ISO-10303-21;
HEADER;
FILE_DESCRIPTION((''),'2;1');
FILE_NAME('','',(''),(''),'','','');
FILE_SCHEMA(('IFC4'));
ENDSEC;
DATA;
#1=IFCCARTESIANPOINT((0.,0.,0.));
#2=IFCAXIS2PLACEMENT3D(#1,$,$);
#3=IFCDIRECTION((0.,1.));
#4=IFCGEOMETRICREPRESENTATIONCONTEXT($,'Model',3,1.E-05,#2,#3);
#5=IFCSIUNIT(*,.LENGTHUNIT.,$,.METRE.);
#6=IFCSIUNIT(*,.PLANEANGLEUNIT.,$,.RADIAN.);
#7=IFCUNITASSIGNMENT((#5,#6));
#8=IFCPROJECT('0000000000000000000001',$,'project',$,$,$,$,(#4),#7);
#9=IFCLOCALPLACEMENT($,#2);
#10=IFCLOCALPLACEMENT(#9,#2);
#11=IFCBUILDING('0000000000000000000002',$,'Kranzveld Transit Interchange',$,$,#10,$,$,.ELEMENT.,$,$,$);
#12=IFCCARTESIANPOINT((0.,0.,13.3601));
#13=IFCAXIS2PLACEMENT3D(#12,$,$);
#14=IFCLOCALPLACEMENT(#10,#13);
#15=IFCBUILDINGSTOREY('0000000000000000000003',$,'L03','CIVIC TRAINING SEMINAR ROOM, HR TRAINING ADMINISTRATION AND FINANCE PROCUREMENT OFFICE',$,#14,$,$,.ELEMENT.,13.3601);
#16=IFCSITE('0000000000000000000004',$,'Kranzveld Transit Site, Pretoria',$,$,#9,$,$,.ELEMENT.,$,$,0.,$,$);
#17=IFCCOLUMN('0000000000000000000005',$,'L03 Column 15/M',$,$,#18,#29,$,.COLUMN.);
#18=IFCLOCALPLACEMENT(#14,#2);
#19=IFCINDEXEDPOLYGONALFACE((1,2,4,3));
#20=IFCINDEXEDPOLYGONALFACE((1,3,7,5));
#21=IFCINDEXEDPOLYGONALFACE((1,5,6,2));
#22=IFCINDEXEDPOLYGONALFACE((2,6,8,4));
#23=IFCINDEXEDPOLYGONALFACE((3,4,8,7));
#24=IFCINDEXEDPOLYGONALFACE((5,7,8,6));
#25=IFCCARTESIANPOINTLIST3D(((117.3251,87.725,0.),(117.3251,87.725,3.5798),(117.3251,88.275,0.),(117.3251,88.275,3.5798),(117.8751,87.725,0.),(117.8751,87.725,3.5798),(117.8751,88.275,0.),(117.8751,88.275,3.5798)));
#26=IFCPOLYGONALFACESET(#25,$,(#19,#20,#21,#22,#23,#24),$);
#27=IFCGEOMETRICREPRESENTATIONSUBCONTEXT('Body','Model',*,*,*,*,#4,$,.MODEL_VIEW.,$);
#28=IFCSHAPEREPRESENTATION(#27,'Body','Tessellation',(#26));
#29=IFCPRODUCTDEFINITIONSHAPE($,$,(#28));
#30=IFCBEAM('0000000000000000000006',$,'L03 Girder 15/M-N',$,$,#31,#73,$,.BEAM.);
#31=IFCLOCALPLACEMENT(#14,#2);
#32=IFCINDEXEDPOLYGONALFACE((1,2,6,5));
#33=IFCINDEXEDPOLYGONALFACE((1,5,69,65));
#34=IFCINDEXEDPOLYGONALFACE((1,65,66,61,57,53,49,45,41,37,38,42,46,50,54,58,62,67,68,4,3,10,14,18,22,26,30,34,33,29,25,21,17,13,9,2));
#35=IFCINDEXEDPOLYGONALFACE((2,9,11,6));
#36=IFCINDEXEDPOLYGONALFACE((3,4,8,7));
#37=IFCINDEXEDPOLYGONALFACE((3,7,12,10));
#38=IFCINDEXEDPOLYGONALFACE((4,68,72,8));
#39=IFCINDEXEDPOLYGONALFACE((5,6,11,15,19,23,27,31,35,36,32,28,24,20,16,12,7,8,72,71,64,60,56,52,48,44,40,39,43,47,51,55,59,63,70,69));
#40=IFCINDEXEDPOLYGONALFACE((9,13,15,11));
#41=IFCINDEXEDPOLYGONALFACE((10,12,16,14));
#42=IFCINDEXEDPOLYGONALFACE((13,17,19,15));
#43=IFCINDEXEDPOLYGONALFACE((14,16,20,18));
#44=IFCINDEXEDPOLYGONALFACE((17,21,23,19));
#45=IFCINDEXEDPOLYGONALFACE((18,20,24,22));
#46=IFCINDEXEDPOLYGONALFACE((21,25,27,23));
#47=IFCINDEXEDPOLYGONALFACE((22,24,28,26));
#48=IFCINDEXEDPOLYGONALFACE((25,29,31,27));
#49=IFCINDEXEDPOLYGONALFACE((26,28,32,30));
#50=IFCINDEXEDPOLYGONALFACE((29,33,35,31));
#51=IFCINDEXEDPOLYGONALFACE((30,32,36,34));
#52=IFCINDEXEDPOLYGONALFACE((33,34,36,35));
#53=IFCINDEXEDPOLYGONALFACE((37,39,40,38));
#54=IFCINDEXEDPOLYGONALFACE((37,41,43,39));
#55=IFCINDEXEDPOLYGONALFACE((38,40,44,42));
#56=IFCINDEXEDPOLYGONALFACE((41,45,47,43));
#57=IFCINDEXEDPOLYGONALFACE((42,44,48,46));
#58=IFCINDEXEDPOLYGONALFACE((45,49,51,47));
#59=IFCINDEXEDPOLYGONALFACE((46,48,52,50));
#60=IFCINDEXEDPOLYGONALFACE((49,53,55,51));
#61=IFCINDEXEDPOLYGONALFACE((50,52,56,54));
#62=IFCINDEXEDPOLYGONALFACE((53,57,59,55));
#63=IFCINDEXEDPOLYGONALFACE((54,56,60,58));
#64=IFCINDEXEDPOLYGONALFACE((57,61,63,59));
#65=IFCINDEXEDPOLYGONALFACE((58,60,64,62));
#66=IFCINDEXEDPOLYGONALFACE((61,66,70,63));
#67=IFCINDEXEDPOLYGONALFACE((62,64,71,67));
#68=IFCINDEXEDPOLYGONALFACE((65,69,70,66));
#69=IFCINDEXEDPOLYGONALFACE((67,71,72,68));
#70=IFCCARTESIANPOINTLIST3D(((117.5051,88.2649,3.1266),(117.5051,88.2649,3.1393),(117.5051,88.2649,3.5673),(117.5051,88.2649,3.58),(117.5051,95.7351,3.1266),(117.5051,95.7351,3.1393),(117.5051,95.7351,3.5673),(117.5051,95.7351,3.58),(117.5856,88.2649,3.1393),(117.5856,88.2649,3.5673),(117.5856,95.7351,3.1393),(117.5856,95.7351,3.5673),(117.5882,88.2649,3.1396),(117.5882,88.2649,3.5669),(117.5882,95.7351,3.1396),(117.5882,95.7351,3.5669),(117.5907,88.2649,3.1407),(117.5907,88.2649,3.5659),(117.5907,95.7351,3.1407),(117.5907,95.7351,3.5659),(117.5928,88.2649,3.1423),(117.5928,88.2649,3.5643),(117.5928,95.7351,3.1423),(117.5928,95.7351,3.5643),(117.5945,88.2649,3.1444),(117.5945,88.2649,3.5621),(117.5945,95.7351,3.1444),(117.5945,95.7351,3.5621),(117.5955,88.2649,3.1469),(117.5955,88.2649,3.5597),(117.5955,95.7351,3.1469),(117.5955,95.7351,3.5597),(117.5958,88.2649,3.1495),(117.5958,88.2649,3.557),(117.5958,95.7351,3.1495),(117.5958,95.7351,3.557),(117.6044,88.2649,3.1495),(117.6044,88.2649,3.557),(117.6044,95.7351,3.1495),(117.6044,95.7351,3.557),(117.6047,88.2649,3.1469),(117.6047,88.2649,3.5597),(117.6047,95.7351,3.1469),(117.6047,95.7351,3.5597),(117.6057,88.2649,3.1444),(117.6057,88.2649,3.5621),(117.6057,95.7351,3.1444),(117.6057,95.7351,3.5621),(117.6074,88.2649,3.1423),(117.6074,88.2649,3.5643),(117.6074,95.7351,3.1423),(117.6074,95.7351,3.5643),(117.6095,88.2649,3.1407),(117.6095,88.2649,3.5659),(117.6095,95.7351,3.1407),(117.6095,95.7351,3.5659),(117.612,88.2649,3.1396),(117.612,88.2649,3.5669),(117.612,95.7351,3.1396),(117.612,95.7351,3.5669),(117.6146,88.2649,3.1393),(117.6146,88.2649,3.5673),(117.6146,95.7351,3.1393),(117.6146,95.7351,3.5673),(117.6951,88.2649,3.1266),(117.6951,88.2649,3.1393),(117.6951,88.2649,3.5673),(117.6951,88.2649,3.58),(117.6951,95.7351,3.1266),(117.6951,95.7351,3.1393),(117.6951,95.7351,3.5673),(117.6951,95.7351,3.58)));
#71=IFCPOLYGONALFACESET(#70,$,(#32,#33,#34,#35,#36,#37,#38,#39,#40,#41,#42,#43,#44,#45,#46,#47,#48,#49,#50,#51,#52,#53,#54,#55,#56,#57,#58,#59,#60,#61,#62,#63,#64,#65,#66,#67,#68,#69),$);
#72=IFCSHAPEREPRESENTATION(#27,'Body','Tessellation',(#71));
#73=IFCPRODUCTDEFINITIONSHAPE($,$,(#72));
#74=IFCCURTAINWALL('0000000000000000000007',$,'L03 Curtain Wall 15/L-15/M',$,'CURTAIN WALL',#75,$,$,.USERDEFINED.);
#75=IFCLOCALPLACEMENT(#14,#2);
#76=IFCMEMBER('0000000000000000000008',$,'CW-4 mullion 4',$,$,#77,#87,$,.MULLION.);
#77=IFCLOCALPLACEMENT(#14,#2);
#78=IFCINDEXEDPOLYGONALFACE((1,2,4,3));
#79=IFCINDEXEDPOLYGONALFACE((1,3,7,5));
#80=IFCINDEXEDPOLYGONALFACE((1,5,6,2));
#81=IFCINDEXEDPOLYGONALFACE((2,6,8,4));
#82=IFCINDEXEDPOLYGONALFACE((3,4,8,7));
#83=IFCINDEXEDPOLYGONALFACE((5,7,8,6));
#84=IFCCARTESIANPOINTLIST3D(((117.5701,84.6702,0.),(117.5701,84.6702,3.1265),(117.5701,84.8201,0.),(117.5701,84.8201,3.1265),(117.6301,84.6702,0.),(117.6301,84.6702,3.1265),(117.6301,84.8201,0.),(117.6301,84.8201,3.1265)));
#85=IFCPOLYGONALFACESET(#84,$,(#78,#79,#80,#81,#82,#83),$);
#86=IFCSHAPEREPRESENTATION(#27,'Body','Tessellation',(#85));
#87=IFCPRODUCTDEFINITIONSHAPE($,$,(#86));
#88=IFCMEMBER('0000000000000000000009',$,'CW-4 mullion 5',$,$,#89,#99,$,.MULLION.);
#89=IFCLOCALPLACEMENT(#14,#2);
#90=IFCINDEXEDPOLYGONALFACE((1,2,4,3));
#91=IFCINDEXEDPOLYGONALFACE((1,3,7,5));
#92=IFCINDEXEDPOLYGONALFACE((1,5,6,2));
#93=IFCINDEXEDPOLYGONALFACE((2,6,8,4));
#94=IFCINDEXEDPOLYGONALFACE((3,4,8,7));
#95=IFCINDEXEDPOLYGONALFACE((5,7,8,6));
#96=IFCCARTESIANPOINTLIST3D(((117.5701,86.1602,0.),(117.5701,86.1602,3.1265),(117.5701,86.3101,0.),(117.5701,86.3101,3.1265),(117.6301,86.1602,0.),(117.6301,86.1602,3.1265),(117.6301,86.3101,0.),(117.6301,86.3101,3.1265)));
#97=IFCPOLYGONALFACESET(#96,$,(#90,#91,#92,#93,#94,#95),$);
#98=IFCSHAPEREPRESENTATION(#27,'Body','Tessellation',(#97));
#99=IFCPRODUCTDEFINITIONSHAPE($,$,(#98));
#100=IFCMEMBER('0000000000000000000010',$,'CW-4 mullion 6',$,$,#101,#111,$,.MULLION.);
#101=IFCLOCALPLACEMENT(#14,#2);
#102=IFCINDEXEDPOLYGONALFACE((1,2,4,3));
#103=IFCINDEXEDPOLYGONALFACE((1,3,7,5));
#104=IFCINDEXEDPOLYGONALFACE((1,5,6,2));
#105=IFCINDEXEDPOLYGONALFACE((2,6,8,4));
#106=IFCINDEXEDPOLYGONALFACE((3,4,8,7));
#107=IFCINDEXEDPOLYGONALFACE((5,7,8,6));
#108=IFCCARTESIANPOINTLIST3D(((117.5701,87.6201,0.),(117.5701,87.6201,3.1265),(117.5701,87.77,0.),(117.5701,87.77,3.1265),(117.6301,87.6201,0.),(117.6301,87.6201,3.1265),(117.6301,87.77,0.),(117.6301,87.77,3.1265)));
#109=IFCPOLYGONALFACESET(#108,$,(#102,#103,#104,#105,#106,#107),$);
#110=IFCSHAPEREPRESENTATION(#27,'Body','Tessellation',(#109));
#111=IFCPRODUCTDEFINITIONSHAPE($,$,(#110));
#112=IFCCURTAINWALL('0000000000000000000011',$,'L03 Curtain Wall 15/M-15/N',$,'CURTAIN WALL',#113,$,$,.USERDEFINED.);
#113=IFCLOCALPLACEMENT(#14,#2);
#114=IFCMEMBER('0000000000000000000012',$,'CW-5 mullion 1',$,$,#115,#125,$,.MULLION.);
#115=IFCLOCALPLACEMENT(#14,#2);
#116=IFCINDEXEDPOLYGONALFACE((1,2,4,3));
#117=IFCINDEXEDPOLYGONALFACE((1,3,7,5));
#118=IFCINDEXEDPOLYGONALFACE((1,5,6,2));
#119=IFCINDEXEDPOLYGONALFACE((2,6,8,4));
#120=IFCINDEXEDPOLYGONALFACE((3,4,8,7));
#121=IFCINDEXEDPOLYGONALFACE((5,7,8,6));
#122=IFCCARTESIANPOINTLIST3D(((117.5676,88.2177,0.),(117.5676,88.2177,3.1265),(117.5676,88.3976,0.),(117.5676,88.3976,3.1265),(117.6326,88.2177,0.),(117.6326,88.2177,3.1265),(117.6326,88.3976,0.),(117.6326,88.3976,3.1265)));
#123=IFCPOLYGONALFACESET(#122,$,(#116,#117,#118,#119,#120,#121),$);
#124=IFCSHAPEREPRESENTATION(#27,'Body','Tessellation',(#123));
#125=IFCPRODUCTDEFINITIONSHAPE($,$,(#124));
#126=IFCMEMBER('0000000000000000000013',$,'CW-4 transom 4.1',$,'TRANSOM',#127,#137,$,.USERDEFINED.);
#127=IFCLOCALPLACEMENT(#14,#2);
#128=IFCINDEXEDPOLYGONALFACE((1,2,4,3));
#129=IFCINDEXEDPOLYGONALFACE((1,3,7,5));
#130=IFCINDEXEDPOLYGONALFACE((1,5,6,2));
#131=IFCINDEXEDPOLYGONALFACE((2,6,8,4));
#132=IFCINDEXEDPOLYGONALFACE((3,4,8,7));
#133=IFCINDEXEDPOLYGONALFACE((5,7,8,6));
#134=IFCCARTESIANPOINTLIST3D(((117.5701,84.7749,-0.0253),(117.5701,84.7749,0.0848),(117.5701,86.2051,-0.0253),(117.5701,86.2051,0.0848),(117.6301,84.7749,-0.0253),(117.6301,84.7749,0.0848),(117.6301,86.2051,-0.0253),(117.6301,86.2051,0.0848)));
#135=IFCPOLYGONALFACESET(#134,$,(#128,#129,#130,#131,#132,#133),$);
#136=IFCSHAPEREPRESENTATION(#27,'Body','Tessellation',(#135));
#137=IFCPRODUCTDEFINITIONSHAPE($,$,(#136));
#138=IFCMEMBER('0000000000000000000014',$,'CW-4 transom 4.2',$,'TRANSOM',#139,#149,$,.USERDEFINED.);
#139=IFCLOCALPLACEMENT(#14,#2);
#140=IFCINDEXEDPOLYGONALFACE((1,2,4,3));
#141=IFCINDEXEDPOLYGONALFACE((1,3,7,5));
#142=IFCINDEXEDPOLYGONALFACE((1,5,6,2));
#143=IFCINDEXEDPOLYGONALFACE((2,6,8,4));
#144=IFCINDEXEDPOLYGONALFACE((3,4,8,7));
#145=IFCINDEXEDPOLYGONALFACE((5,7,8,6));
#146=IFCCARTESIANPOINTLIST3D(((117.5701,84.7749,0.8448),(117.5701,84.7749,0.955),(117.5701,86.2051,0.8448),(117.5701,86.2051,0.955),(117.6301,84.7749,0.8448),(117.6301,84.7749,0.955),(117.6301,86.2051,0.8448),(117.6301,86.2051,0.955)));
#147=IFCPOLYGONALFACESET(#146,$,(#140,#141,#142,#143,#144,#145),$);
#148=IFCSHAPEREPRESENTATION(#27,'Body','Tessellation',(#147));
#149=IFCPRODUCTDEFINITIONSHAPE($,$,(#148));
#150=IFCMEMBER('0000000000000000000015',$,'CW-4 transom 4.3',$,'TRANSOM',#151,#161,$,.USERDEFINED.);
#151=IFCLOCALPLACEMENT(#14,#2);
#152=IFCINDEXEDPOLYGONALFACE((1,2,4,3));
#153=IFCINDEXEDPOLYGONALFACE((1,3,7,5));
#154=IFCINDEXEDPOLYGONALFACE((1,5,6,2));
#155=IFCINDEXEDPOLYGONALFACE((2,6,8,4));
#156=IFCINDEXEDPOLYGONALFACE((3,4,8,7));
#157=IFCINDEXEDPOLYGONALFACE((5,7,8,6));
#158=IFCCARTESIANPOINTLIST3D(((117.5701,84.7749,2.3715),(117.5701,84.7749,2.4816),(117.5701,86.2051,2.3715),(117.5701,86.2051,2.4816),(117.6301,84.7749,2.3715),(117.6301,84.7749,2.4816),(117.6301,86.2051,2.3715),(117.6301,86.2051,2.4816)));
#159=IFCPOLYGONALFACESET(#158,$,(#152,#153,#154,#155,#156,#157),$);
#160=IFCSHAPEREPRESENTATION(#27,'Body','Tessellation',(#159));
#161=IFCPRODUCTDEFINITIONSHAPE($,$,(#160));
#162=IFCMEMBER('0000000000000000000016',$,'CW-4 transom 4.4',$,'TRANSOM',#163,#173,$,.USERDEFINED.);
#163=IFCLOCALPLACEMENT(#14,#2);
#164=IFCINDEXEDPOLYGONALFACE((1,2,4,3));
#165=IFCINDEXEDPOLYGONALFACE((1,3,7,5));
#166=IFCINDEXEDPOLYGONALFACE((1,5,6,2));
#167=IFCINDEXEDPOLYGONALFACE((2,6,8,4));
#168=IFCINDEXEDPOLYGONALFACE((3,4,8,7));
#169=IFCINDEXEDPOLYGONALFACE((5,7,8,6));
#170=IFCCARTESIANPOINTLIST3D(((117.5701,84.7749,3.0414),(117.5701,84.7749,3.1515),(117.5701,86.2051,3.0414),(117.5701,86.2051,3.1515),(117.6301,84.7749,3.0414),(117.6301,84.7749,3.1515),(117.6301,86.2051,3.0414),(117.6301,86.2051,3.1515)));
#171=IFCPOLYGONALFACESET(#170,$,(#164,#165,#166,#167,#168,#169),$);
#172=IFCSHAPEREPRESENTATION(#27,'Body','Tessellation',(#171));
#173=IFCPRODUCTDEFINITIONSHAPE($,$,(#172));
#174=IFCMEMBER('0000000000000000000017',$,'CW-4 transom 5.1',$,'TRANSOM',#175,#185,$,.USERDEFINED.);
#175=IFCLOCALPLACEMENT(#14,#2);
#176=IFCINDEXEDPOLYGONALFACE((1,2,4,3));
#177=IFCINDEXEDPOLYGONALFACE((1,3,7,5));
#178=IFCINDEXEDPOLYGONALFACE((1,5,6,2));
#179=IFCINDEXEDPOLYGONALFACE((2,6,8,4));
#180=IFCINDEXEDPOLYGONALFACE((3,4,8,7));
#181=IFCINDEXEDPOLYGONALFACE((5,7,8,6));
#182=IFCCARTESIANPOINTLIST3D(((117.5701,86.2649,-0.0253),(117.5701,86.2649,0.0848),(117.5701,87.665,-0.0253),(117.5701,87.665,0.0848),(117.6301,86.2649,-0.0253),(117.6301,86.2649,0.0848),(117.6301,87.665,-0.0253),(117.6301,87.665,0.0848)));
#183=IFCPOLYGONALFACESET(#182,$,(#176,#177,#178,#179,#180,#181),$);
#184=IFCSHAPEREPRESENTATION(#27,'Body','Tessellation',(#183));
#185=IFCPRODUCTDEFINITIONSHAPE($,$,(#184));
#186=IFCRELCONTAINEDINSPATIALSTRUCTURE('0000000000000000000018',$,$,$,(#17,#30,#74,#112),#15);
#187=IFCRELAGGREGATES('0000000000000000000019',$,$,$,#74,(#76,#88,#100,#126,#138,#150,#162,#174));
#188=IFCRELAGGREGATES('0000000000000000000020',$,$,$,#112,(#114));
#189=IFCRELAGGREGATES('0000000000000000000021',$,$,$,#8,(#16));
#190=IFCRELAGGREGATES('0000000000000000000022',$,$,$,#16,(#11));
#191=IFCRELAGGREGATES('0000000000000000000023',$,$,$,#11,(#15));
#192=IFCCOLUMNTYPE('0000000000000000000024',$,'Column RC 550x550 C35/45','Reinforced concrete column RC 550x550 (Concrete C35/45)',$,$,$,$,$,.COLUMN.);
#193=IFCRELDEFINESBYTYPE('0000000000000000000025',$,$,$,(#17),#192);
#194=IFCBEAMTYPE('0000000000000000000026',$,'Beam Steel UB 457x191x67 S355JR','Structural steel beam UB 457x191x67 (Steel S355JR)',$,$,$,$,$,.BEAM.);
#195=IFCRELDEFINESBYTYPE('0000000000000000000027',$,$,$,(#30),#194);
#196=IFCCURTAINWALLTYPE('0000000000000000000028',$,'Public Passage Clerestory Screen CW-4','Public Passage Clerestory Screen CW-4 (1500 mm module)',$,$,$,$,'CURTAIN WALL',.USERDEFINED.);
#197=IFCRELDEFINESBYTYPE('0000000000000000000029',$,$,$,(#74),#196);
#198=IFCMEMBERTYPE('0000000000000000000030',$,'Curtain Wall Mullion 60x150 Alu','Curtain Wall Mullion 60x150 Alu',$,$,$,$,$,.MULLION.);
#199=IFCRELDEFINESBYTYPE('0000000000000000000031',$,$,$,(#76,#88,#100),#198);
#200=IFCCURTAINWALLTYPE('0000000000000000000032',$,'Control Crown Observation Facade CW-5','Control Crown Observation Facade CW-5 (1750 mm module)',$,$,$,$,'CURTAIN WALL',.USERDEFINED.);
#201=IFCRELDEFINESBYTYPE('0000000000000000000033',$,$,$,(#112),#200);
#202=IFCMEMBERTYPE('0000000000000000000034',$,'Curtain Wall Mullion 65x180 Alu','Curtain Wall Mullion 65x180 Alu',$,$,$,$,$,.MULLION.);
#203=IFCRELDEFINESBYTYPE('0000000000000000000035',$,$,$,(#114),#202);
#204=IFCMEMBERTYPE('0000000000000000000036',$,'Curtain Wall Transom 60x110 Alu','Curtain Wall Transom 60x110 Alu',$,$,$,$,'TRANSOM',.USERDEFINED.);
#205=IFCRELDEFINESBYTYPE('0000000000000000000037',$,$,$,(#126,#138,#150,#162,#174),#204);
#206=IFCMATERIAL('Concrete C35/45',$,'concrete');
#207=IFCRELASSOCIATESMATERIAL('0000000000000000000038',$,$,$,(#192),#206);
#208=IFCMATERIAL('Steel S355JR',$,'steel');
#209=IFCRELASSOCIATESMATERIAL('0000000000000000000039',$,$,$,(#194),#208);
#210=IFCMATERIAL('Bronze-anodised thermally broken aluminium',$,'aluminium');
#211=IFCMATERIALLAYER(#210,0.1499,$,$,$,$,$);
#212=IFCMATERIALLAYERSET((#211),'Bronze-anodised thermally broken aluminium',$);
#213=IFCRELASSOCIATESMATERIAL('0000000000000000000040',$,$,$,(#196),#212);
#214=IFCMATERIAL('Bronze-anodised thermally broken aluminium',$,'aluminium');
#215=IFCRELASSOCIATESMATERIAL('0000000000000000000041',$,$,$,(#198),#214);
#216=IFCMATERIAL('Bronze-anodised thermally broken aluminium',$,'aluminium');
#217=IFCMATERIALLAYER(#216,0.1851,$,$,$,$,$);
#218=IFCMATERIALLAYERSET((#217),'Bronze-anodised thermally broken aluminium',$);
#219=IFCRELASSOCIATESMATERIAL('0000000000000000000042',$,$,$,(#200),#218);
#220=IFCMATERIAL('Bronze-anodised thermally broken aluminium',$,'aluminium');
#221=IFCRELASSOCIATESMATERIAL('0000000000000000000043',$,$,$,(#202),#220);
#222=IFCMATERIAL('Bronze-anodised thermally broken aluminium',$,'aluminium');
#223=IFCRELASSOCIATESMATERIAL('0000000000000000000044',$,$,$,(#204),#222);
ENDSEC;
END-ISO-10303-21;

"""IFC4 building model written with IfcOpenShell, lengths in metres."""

from ifc_helpers import new_model, si_unit, direction, frame, origin, origin_2d, place, context, subcontext, project, spatial, rectangle, i_section, extrude, material, layer, layer_set, material_profile, profile_set, type_object, element, aggregate, save


model = new_model("IFC4")

# Units and contexts
model_context = context("Model", 3, precision=1e-05, world=origin(), true_north=direction((0.0, 1.0)))
body_context = subcontext(model_context, "Body", "Model", "MODEL_VIEW")
ifc_project = project(units=[si_unit("LENGTHUNIT", "METRE"), si_unit("PLANEANGLEUNIT", "RADIAN")], contexts=[model_context])

# Site, building, storey
site_placement = place(None, origin())
site = spatial("IfcSite", under=ifc_project, at=site_placement, Name="Kranzveld Transit Site, Pretoria", CompositionType="ELEMENT", RefElevation=0.0)
building_placement = place(site_placement, origin())
building = spatial("IfcBuilding", under=site, at=building_placement, Name="Kranzveld Transit Interchange", CompositionType="ELEMENT")
storey_placement = place(building_placement, frame((0.0, 0.0, 13.3601)))
storey = spatial("IfcBuildingStorey", under=building, at=storey_placement, Name="L03", Description="CIVIC TRAINING SEMINAR ROOM, HR TRAINING ADMINISTRATION AND FINANCE PROCUREMENT OFFICE", CompositionType="ELEMENT", Elevation=13.3601)

# Column
ifc_material_1 = material(Name="Concrete C35/45", Category="concrete")
ifc_material_profile_1 = material_profile(ifc_material_1, rectangle(XDim=0.55, YDim=0.55, at=origin_2d()), Name="RC 550x550")
ifc_profile_set_1 = profile_set([ifc_material_profile_1], Name="Concrete C35/45")
column_type = type_object("IfcColumnType", Name="Column RC 550x550 C35/45", Description="Reinforced concrete column RC 550x550 (Concrete C35/45)", PredefinedType="COLUMN", material=ifc_profile_set_1)
column_placement = place(storey_placement, frame((117.6001, 88.0, 0.0), z_axis=(0.0, 0.0, 1.0), x_axis=(1.0, 0.0, 0.0)))
element("IfcColumn", 1, at=column_placement, inside=storey, type_object=column_type, Name="L03 Column 15/M", PredefinedType="COLUMN", context=body_context, shape_type="SweptSolid", body=[
    extrude(rectangle(XDim=0.55, YDim=0.55, at=origin_2d()), origin(), (0.0, 0.0, 1.0), 3.5798),
])

# Beam
ifc_material_2 = material(Name="Steel S355JR", Category="steel")
ifc_material_profile_2 = material_profile(ifc_material_2, i_section(OverallWidth=0.1899, OverallDepth=0.4534, WebThickness=0.0085, FlangeThickness=0.0127, FilletRadius=0.0103, at=origin_2d()), Name="UB 457x191x67")
ifc_profile_set_2 = profile_set([ifc_material_profile_2], Name="Steel S355JR")
beam_type = type_object("IfcBeamType", Name="Beam Steel UB 457x191x67 S355JR", Description="Structural steel beam UB 457x191x67 (Steel S355JR)", PredefinedType="BEAM", material=ifc_profile_set_2)
beam_placement = place(storey_placement, frame((117.6001, 88.2649, 3.3533), z_axis=(0.0, 1.0, 0.0), x_axis=(-1.0, 0.0, 0.0)))
element("IfcBeam", 2, at=beam_placement, inside=storey, type_object=beam_type, Name="L03 Girder 15/M-N", PredefinedType="BEAM", context=body_context, shape_type="SweptSolid", body=[
    extrude(i_section(OverallWidth=0.1899, OverallDepth=0.4534, WebThickness=0.0085, FlangeThickness=0.0127, FilletRadius=0.0103, at=origin_2d()), origin(), (0.0, 0.0, 1.0), 7.4702),
])

# Curtain wall, members
ifc_material_3 = material(Name="Bronze-anodised thermally broken aluminium", Category="aluminium")
ifc_layer_1 = layer(ifc_material_3, 0.1499)
ifc_layer_set_1 = layer_set([ifc_layer_1], Name="Bronze-anodised thermally broken aluminium")
curtain_wall_type_1 = type_object("IfcCurtainWallType", Name="Public Passage Clerestory Screen CW-4", Description="Public Passage Clerestory Screen CW-4 (1500 mm module)", ElementType="CURTAIN WALL", PredefinedType="USERDEFINED", material=ifc_layer_set_1)
curtain_wall_1_placement = place(storey_placement, origin())
curtain_wall_1 = element("IfcCurtainWall", 3, at=curtain_wall_1_placement, inside=storey, type_object=curtain_wall_type_1, Name="L03 Curtain Wall 15/L-15/M", ObjectType="CURTAIN WALL", PredefinedType="USERDEFINED")
ifc_material_4 = material(Name="Bronze-anodised thermally broken aluminium", Category="aluminium")
ifc_material_profile_3 = material_profile(ifc_material_4, rectangle(XDim=0.0601, YDim=0.1499, at=origin_2d()), Name="ALU MULLION 60x150")
ifc_profile_set_3 = profile_set([ifc_material_profile_3], Name="Bronze-anodised thermally broken aluminium")
member_type_1 = type_object("IfcMemberType", Name="Curtain Wall Mullion 60x150 Alu", Description="Curtain Wall Mullion 60x150 Alu", PredefinedType="MULLION", material=ifc_profile_set_3)
member_1_placement = place(storey_placement, frame((117.6001, 84.7451, 0.0), z_axis=(0.0, 0.0, 1.0), x_axis=(-1.0, 0.0, 0.0)))
member_1 = element("IfcMember", 4, at=member_1_placement, type_object=member_type_1, Name="CW-4 mullion 4", PredefinedType="MULLION", context=body_context, shape_type="SweptSolid", body=[
    extrude(rectangle(XDim=0.0601, YDim=0.1499, at=origin_2d()), origin(), (0.0, 0.0, 1.0), 3.1265),
])
member_2_placement = place(storey_placement, frame((117.6001, 86.2351, 0.0), z_axis=(0.0, 0.0, 1.0), x_axis=(-1.0, 0.0, 0.0)))
member_2 = element("IfcMember", 5, at=member_2_placement, type_object=member_type_1, Name="CW-4 mullion 5", PredefinedType="MULLION", context=body_context, shape_type="SweptSolid", body=[
    extrude(rectangle(XDim=0.0601, YDim=0.1499, at=origin_2d()), origin(), (0.0, 0.0, 1.0), 3.1265),
])
member_3_placement = place(storey_placement, frame((117.6001, 87.6951, 0.0), z_axis=(0.0, 0.0, 1.0), x_axis=(-1.0, 0.0, 0.0)))
member_3 = element("IfcMember", 6, at=member_3_placement, type_object=member_type_1, Name="CW-4 mullion 6", PredefinedType="MULLION", context=body_context, shape_type="SweptSolid", body=[
    extrude(rectangle(XDim=0.0601, YDim=0.1499, at=origin_2d()), origin(), (0.0, 0.0, 1.0), 3.1265),
])

# Curtain wall, member
ifc_material_5 = material(Name="Bronze-anodised thermally broken aluminium", Category="aluminium")
ifc_layer_2 = layer(ifc_material_5, 0.1851)
ifc_layer_set_2 = layer_set([ifc_layer_2], Name="Bronze-anodised thermally broken aluminium")
curtain_wall_type_2 = type_object("IfcCurtainWallType", Name="Control Crown Observation Facade CW-5", Description="Control Crown Observation Facade CW-5 (1750 mm module)", ElementType="CURTAIN WALL", PredefinedType="USERDEFINED", material=ifc_layer_set_2)
curtain_wall_2_placement = place(storey_placement, origin())
curtain_wall_2 = element("IfcCurtainWall", 7, at=curtain_wall_2_placement, inside=storey, type_object=curtain_wall_type_2, Name="L03 Curtain Wall 15/M-15/N", ObjectType="CURTAIN WALL", PredefinedType="USERDEFINED")
ifc_material_6 = material(Name="Bronze-anodised thermally broken aluminium", Category="aluminium")
ifc_material_profile_4 = material_profile(ifc_material_6, rectangle(XDim=0.0649, YDim=0.1799, at=origin_2d()), Name="ALU MULLION 65x180")
ifc_profile_set_4 = profile_set([ifc_material_profile_4], Name="Bronze-anodised thermally broken aluminium")
member_type_2 = type_object("IfcMemberType", Name="Curtain Wall Mullion 65x180 Alu", Description="Curtain Wall Mullion 65x180 Alu", PredefinedType="MULLION", material=ifc_profile_set_4)
member_4_placement = place(storey_placement, frame((117.6001, 88.3076, 0.0), z_axis=(0.0, 0.0, 1.0), x_axis=(-1.0, 0.0, 0.0)))
member_4 = element("IfcMember", 8, at=member_4_placement, type_object=member_type_2, Name="CW-5 mullion 1", PredefinedType="MULLION", context=body_context, shape_type="SweptSolid", body=[
    extrude(rectangle(XDim=0.0649, YDim=0.1799, at=origin_2d()), origin(), (0.0, 0.0, 1.0), 3.1265),
])

# Members
ifc_material_7 = material(Name="Bronze-anodised thermally broken aluminium", Category="aluminium")
ifc_material_profile_5 = material_profile(ifc_material_7, rectangle(XDim=0.0601, YDim=0.1101, at=origin_2d()), Name="ALU TRANSOM 60x110")
ifc_profile_set_5 = profile_set([ifc_material_profile_5], Name="Bronze-anodised thermally broken aluminium")
member_type_3 = type_object("IfcMemberType", Name="Curtain Wall Transom 60x110 Alu", Description="Curtain Wall Transom 60x110 Alu", ElementType="TRANSOM", PredefinedType="USERDEFINED", material=ifc_profile_set_5)
member_5_placement = place(storey_placement, frame((117.6001, 84.7749, 0.0298), z_axis=(0.0, 1.0, 0.0), x_axis=(-1.0, 0.0, 0.0)))
member_5 = element("IfcMember", 9, at=member_5_placement, type_object=member_type_3, Name="CW-4 transom 4.1", ObjectType="TRANSOM", PredefinedType="USERDEFINED", context=body_context, shape_type="SweptSolid", body=[
    extrude(rectangle(XDim=0.0601, YDim=0.1101, at=origin_2d()), origin(), (0.0, 0.0, 1.0), 1.4302),
])
member_6_placement = place(storey_placement, frame((117.6001, 84.7749, 0.8999), z_axis=(0.0, 1.0, 0.0), x_axis=(-1.0, 0.0, 0.0)))
member_6 = element("IfcMember", 10, at=member_6_placement, type_object=member_type_3, Name="CW-4 transom 4.2", ObjectType="TRANSOM", PredefinedType="USERDEFINED", context=body_context, shape_type="SweptSolid", body=[
    extrude(rectangle(XDim=0.0601, YDim=0.1101, at=origin_2d()), origin(), (0.0, 0.0, 1.0), 1.4302),
])
member_7_placement = place(storey_placement, frame((117.6001, 84.7749, 2.4265), z_axis=(0.0, 1.0, 0.0), x_axis=(-1.0, 0.0, 0.0)))
member_7 = element("IfcMember", 11, at=member_7_placement, type_object=member_type_3, Name="CW-4 transom 4.3", ObjectType="TRANSOM", PredefinedType="USERDEFINED", context=body_context, shape_type="SweptSolid", body=[
    extrude(rectangle(XDim=0.0601, YDim=0.1101, at=origin_2d()), origin(), (0.0, 0.0, 1.0), 1.4302),
])
member_8_placement = place(storey_placement, frame((117.6001, 84.7749, 3.0964), z_axis=(0.0, 1.0, 0.0), x_axis=(-1.0, 0.0, 0.0)))
member_8 = element("IfcMember", 12, at=member_8_placement, type_object=member_type_3, Name="CW-4 transom 4.4", ObjectType="TRANSOM", PredefinedType="USERDEFINED", context=body_context, shape_type="SweptSolid", body=[
    extrude(rectangle(XDim=0.0601, YDim=0.1101, at=origin_2d()), origin(), (0.0, 0.0, 1.0), 1.4302),
])
member_9_placement = place(storey_placement, frame((117.6001, 86.2649, 0.0298), z_axis=(0.0, 1.0, 0.0), x_axis=(-1.0, 0.0, 0.0)))
member_9 = element("IfcMember", 13, at=member_9_placement, type_object=member_type_3, Name="CW-4 transom 5.1", ObjectType="TRANSOM", PredefinedType="USERDEFINED", context=body_context, shape_type="SweptSolid", body=[
    extrude(rectangle(XDim=0.0601, YDim=0.1101, at=origin_2d()), origin(), (0.0, 0.0, 1.0), 1.4001),
])

aggregate(curtain_wall_1, [member_1, member_2, member_3, member_5, member_6, member_7, member_8, member_9])
aggregate(curtain_wall_2, [member_4])

save(model, "model.ifc")
